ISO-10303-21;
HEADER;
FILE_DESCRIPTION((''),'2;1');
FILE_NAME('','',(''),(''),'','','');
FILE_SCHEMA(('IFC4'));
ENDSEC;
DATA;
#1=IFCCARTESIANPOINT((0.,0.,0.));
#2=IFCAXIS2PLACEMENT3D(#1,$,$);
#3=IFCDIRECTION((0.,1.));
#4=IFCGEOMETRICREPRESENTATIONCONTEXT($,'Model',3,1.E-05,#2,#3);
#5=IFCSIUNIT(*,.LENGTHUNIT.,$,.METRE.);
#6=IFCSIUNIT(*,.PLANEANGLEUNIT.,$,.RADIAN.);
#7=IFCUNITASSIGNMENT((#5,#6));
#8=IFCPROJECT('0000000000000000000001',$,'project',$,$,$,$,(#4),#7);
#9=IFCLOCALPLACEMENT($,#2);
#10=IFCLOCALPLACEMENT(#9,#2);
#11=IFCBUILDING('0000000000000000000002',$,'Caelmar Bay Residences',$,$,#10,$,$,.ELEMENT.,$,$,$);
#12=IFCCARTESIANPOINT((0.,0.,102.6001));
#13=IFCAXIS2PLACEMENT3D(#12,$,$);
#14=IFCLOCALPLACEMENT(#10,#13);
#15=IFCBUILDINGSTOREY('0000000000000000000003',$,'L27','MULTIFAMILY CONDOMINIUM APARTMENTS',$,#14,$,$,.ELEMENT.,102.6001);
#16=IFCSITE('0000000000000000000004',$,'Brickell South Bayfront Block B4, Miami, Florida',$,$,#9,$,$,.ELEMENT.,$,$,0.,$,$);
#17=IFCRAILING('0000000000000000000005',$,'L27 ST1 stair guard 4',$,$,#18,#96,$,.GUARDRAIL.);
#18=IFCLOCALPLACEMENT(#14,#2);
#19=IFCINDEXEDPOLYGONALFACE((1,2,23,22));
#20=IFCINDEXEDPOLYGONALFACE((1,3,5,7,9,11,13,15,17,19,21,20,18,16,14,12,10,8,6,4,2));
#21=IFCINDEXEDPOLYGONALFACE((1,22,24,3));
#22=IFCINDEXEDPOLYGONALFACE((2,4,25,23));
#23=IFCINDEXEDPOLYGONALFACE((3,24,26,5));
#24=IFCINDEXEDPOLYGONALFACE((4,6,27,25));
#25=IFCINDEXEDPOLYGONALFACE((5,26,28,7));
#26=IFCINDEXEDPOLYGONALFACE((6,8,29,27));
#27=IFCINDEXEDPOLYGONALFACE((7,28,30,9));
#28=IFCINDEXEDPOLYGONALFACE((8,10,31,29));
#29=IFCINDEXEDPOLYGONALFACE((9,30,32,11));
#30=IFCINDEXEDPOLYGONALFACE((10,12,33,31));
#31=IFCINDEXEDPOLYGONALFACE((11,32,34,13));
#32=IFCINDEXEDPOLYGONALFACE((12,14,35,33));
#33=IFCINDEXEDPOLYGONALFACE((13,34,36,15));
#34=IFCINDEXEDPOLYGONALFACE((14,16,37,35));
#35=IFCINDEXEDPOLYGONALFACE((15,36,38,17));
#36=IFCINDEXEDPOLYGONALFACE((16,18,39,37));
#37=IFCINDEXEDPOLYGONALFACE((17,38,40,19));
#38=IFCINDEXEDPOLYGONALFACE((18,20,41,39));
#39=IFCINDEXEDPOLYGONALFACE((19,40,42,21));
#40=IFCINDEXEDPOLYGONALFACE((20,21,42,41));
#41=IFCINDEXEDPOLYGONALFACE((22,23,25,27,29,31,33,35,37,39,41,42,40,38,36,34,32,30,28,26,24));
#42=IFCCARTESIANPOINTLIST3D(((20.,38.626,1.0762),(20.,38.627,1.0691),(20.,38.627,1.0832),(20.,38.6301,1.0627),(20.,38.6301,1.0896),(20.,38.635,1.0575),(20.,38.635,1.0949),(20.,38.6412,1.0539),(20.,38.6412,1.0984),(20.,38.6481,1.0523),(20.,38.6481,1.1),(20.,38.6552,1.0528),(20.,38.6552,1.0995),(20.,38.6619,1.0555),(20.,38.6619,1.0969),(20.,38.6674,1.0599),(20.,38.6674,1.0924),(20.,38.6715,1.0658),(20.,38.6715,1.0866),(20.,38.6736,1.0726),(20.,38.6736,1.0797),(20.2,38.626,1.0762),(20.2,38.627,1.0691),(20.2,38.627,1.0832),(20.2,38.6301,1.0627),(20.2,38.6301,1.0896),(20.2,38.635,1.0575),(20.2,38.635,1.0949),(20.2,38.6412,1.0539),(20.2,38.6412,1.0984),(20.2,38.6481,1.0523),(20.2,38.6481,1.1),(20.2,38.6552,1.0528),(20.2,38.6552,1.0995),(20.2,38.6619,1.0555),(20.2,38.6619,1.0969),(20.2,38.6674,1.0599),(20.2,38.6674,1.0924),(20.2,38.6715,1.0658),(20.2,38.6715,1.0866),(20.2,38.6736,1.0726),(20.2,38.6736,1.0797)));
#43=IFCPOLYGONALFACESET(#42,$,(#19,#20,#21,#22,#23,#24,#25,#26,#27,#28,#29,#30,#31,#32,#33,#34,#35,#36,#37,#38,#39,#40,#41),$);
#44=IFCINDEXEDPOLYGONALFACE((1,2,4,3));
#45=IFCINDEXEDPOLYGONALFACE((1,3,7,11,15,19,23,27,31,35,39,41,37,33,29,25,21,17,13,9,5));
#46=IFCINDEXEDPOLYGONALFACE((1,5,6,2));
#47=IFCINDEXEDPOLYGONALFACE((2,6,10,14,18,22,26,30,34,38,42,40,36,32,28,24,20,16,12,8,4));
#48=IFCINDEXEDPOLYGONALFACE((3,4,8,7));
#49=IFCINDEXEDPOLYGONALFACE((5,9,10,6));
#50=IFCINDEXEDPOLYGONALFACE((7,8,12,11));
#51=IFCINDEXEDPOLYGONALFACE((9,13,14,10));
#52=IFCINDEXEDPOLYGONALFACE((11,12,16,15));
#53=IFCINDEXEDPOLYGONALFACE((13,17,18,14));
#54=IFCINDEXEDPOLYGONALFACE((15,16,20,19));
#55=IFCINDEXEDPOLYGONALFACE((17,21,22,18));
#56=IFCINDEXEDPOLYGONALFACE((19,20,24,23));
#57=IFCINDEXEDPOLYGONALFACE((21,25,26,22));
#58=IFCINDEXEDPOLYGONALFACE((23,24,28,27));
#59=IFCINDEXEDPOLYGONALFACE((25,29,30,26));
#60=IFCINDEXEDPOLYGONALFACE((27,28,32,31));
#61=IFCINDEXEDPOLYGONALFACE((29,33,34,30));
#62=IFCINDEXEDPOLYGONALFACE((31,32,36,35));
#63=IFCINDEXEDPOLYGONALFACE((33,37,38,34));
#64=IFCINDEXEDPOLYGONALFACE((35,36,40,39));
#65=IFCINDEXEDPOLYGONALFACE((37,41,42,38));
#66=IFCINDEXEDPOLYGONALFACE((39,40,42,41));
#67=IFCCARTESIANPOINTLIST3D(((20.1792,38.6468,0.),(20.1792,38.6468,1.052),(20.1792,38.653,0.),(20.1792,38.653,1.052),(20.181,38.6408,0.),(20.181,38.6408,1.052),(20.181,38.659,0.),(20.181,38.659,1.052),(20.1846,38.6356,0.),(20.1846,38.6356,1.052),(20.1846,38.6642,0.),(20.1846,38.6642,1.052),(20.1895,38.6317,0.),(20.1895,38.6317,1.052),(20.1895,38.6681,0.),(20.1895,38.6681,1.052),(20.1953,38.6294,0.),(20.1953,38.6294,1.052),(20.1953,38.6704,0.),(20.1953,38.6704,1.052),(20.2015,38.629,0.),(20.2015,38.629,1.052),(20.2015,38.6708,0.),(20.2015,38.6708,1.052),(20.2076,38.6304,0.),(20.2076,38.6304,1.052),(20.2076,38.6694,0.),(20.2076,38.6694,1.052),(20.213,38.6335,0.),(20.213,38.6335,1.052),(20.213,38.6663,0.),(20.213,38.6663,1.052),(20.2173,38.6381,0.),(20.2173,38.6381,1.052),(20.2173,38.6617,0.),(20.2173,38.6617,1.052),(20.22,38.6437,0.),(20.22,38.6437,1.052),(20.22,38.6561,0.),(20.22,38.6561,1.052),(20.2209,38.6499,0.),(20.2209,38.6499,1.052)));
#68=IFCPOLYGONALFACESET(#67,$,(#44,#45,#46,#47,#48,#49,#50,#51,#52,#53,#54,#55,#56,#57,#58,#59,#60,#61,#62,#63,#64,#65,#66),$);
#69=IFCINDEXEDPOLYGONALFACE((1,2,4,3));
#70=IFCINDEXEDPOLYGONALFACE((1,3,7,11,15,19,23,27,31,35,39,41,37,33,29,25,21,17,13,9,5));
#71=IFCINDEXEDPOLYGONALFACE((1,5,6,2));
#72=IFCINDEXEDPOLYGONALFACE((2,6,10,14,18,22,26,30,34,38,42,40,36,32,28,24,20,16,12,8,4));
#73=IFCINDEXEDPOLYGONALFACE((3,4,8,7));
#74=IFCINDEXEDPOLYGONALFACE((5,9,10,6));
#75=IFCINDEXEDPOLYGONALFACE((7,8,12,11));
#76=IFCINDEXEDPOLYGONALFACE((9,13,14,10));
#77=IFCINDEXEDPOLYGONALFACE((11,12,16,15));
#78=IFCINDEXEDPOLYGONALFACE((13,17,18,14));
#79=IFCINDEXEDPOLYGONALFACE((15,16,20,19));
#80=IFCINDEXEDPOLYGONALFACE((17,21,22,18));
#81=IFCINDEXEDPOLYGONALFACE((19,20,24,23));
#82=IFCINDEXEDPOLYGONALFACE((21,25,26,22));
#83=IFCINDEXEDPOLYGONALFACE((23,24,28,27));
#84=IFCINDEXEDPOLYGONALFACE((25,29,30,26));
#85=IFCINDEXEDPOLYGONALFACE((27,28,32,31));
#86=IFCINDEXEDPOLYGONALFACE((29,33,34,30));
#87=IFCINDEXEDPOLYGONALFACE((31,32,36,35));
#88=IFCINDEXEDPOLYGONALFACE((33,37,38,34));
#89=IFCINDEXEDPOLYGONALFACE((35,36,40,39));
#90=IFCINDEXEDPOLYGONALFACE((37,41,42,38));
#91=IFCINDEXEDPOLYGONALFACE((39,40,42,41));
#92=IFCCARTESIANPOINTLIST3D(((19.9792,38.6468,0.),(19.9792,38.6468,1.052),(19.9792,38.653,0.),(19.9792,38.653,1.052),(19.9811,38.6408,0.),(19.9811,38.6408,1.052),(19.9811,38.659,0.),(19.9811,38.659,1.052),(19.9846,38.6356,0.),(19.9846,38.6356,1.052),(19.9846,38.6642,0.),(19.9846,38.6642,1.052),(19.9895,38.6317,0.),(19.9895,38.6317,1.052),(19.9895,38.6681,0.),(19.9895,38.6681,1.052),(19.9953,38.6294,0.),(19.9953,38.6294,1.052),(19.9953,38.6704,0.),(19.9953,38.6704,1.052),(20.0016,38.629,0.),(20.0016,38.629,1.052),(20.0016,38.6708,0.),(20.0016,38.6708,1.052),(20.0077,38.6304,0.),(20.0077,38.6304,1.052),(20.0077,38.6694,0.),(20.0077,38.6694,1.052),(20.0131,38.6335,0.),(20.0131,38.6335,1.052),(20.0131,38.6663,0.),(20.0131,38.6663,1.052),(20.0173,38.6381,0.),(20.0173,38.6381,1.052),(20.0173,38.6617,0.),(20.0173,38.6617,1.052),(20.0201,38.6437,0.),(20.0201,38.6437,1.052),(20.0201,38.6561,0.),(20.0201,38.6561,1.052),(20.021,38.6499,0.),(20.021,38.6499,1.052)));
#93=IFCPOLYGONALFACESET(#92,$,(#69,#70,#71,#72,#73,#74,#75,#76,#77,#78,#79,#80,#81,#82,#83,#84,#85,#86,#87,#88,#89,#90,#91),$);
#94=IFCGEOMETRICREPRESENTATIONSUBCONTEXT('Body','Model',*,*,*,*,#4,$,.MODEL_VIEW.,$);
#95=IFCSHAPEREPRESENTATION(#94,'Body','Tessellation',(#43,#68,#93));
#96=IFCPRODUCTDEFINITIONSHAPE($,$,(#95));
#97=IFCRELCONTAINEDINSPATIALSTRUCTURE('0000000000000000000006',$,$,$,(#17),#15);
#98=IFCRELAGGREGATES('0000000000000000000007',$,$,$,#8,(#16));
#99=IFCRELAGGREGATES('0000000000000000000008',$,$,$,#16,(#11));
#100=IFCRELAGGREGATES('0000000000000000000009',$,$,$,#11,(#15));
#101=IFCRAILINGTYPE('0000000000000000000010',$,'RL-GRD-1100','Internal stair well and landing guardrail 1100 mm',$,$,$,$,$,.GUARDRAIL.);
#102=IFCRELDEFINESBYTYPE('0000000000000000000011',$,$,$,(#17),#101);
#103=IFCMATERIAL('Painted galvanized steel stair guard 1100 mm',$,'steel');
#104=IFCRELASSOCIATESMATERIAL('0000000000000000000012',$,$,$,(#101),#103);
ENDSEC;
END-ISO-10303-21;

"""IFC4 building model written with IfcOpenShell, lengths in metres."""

from ifc_helpers import new_model, si_unit, direction, frame, origin, origin_2d, place, context, subcontext, project, spatial, circle, extrude, material, type_object, element, save


model = new_model("IFC4")

# Units and contexts
model_context = context("Model", 3, precision=1e-05, world=origin(), true_north=direction((0.0, 1.0)))
body_context = subcontext(model_context, "Body", "Model", "MODEL_VIEW")
ifc_project = project(units=[si_unit("LENGTHUNIT", "METRE"), si_unit("PLANEANGLEUNIT", "RADIAN")], contexts=[model_context])

# Site, building, storey
site_placement = place(None, origin())
site = spatial("IfcSite", under=ifc_project, at=site_placement, Name="Brickell South Bayfront Block B4, Miami, Florida", CompositionType="ELEMENT", RefElevation=0.0)
building_placement = place(site_placement, origin())
building = spatial("IfcBuilding", under=site, at=building_placement, Name="Caelmar Bay Residences", CompositionType="ELEMENT")
storey_placement = place(building_placement, frame((0.0, 0.0, 102.6001)))
storey = spatial("IfcBuildingStorey", under=building, at=storey_placement, Name="L27", Description="MULTIFAMILY CONDOMINIUM APARTMENTS", CompositionType="ELEMENT", Elevation=102.6001)

# Railing
ifc_material_1 = material(Name="Painted galvanized steel stair guard 1100 mm", Category="steel")
railing_type_1 = type_object("IfcRailingType", Name="RL-GRD-1100", Description="Internal stair well and landing guardrail 1100 mm", PredefinedType="GUARDRAIL", material=ifc_material_1)
railing_1_placement = place(storey_placement, frame((20.2, 38.6499, 0.0)))
element("IfcRailing", 1, at=railing_1_placement, inside=storey, type_object=railing_type_1, Name="L27 ST1 stair guard 4", PredefinedType="GUARDRAIL", context=body_context, shape_type="SweptSolid", body=[
    extrude(circle(Radius=0.0239, at=origin_2d()), frame((0.0, 0.0, 1.0762), z_axis=(-1.0, 0.0, 0.0), x_axis=(0.0, -1.0, 0.0)), (0.0, 0.0, 1.0), 0.2),
    extrude(circle(Radius=0.021, at=origin_2d()), origin(), (0.0, 0.0, 1.0), 1.052),
    extrude(circle(Radius=0.021, at=origin_2d()), frame((-0.2, 0.0, 0.0)), (0.0, 0.0, 1.0), 1.052),
])

save(model, "model.ifc")
